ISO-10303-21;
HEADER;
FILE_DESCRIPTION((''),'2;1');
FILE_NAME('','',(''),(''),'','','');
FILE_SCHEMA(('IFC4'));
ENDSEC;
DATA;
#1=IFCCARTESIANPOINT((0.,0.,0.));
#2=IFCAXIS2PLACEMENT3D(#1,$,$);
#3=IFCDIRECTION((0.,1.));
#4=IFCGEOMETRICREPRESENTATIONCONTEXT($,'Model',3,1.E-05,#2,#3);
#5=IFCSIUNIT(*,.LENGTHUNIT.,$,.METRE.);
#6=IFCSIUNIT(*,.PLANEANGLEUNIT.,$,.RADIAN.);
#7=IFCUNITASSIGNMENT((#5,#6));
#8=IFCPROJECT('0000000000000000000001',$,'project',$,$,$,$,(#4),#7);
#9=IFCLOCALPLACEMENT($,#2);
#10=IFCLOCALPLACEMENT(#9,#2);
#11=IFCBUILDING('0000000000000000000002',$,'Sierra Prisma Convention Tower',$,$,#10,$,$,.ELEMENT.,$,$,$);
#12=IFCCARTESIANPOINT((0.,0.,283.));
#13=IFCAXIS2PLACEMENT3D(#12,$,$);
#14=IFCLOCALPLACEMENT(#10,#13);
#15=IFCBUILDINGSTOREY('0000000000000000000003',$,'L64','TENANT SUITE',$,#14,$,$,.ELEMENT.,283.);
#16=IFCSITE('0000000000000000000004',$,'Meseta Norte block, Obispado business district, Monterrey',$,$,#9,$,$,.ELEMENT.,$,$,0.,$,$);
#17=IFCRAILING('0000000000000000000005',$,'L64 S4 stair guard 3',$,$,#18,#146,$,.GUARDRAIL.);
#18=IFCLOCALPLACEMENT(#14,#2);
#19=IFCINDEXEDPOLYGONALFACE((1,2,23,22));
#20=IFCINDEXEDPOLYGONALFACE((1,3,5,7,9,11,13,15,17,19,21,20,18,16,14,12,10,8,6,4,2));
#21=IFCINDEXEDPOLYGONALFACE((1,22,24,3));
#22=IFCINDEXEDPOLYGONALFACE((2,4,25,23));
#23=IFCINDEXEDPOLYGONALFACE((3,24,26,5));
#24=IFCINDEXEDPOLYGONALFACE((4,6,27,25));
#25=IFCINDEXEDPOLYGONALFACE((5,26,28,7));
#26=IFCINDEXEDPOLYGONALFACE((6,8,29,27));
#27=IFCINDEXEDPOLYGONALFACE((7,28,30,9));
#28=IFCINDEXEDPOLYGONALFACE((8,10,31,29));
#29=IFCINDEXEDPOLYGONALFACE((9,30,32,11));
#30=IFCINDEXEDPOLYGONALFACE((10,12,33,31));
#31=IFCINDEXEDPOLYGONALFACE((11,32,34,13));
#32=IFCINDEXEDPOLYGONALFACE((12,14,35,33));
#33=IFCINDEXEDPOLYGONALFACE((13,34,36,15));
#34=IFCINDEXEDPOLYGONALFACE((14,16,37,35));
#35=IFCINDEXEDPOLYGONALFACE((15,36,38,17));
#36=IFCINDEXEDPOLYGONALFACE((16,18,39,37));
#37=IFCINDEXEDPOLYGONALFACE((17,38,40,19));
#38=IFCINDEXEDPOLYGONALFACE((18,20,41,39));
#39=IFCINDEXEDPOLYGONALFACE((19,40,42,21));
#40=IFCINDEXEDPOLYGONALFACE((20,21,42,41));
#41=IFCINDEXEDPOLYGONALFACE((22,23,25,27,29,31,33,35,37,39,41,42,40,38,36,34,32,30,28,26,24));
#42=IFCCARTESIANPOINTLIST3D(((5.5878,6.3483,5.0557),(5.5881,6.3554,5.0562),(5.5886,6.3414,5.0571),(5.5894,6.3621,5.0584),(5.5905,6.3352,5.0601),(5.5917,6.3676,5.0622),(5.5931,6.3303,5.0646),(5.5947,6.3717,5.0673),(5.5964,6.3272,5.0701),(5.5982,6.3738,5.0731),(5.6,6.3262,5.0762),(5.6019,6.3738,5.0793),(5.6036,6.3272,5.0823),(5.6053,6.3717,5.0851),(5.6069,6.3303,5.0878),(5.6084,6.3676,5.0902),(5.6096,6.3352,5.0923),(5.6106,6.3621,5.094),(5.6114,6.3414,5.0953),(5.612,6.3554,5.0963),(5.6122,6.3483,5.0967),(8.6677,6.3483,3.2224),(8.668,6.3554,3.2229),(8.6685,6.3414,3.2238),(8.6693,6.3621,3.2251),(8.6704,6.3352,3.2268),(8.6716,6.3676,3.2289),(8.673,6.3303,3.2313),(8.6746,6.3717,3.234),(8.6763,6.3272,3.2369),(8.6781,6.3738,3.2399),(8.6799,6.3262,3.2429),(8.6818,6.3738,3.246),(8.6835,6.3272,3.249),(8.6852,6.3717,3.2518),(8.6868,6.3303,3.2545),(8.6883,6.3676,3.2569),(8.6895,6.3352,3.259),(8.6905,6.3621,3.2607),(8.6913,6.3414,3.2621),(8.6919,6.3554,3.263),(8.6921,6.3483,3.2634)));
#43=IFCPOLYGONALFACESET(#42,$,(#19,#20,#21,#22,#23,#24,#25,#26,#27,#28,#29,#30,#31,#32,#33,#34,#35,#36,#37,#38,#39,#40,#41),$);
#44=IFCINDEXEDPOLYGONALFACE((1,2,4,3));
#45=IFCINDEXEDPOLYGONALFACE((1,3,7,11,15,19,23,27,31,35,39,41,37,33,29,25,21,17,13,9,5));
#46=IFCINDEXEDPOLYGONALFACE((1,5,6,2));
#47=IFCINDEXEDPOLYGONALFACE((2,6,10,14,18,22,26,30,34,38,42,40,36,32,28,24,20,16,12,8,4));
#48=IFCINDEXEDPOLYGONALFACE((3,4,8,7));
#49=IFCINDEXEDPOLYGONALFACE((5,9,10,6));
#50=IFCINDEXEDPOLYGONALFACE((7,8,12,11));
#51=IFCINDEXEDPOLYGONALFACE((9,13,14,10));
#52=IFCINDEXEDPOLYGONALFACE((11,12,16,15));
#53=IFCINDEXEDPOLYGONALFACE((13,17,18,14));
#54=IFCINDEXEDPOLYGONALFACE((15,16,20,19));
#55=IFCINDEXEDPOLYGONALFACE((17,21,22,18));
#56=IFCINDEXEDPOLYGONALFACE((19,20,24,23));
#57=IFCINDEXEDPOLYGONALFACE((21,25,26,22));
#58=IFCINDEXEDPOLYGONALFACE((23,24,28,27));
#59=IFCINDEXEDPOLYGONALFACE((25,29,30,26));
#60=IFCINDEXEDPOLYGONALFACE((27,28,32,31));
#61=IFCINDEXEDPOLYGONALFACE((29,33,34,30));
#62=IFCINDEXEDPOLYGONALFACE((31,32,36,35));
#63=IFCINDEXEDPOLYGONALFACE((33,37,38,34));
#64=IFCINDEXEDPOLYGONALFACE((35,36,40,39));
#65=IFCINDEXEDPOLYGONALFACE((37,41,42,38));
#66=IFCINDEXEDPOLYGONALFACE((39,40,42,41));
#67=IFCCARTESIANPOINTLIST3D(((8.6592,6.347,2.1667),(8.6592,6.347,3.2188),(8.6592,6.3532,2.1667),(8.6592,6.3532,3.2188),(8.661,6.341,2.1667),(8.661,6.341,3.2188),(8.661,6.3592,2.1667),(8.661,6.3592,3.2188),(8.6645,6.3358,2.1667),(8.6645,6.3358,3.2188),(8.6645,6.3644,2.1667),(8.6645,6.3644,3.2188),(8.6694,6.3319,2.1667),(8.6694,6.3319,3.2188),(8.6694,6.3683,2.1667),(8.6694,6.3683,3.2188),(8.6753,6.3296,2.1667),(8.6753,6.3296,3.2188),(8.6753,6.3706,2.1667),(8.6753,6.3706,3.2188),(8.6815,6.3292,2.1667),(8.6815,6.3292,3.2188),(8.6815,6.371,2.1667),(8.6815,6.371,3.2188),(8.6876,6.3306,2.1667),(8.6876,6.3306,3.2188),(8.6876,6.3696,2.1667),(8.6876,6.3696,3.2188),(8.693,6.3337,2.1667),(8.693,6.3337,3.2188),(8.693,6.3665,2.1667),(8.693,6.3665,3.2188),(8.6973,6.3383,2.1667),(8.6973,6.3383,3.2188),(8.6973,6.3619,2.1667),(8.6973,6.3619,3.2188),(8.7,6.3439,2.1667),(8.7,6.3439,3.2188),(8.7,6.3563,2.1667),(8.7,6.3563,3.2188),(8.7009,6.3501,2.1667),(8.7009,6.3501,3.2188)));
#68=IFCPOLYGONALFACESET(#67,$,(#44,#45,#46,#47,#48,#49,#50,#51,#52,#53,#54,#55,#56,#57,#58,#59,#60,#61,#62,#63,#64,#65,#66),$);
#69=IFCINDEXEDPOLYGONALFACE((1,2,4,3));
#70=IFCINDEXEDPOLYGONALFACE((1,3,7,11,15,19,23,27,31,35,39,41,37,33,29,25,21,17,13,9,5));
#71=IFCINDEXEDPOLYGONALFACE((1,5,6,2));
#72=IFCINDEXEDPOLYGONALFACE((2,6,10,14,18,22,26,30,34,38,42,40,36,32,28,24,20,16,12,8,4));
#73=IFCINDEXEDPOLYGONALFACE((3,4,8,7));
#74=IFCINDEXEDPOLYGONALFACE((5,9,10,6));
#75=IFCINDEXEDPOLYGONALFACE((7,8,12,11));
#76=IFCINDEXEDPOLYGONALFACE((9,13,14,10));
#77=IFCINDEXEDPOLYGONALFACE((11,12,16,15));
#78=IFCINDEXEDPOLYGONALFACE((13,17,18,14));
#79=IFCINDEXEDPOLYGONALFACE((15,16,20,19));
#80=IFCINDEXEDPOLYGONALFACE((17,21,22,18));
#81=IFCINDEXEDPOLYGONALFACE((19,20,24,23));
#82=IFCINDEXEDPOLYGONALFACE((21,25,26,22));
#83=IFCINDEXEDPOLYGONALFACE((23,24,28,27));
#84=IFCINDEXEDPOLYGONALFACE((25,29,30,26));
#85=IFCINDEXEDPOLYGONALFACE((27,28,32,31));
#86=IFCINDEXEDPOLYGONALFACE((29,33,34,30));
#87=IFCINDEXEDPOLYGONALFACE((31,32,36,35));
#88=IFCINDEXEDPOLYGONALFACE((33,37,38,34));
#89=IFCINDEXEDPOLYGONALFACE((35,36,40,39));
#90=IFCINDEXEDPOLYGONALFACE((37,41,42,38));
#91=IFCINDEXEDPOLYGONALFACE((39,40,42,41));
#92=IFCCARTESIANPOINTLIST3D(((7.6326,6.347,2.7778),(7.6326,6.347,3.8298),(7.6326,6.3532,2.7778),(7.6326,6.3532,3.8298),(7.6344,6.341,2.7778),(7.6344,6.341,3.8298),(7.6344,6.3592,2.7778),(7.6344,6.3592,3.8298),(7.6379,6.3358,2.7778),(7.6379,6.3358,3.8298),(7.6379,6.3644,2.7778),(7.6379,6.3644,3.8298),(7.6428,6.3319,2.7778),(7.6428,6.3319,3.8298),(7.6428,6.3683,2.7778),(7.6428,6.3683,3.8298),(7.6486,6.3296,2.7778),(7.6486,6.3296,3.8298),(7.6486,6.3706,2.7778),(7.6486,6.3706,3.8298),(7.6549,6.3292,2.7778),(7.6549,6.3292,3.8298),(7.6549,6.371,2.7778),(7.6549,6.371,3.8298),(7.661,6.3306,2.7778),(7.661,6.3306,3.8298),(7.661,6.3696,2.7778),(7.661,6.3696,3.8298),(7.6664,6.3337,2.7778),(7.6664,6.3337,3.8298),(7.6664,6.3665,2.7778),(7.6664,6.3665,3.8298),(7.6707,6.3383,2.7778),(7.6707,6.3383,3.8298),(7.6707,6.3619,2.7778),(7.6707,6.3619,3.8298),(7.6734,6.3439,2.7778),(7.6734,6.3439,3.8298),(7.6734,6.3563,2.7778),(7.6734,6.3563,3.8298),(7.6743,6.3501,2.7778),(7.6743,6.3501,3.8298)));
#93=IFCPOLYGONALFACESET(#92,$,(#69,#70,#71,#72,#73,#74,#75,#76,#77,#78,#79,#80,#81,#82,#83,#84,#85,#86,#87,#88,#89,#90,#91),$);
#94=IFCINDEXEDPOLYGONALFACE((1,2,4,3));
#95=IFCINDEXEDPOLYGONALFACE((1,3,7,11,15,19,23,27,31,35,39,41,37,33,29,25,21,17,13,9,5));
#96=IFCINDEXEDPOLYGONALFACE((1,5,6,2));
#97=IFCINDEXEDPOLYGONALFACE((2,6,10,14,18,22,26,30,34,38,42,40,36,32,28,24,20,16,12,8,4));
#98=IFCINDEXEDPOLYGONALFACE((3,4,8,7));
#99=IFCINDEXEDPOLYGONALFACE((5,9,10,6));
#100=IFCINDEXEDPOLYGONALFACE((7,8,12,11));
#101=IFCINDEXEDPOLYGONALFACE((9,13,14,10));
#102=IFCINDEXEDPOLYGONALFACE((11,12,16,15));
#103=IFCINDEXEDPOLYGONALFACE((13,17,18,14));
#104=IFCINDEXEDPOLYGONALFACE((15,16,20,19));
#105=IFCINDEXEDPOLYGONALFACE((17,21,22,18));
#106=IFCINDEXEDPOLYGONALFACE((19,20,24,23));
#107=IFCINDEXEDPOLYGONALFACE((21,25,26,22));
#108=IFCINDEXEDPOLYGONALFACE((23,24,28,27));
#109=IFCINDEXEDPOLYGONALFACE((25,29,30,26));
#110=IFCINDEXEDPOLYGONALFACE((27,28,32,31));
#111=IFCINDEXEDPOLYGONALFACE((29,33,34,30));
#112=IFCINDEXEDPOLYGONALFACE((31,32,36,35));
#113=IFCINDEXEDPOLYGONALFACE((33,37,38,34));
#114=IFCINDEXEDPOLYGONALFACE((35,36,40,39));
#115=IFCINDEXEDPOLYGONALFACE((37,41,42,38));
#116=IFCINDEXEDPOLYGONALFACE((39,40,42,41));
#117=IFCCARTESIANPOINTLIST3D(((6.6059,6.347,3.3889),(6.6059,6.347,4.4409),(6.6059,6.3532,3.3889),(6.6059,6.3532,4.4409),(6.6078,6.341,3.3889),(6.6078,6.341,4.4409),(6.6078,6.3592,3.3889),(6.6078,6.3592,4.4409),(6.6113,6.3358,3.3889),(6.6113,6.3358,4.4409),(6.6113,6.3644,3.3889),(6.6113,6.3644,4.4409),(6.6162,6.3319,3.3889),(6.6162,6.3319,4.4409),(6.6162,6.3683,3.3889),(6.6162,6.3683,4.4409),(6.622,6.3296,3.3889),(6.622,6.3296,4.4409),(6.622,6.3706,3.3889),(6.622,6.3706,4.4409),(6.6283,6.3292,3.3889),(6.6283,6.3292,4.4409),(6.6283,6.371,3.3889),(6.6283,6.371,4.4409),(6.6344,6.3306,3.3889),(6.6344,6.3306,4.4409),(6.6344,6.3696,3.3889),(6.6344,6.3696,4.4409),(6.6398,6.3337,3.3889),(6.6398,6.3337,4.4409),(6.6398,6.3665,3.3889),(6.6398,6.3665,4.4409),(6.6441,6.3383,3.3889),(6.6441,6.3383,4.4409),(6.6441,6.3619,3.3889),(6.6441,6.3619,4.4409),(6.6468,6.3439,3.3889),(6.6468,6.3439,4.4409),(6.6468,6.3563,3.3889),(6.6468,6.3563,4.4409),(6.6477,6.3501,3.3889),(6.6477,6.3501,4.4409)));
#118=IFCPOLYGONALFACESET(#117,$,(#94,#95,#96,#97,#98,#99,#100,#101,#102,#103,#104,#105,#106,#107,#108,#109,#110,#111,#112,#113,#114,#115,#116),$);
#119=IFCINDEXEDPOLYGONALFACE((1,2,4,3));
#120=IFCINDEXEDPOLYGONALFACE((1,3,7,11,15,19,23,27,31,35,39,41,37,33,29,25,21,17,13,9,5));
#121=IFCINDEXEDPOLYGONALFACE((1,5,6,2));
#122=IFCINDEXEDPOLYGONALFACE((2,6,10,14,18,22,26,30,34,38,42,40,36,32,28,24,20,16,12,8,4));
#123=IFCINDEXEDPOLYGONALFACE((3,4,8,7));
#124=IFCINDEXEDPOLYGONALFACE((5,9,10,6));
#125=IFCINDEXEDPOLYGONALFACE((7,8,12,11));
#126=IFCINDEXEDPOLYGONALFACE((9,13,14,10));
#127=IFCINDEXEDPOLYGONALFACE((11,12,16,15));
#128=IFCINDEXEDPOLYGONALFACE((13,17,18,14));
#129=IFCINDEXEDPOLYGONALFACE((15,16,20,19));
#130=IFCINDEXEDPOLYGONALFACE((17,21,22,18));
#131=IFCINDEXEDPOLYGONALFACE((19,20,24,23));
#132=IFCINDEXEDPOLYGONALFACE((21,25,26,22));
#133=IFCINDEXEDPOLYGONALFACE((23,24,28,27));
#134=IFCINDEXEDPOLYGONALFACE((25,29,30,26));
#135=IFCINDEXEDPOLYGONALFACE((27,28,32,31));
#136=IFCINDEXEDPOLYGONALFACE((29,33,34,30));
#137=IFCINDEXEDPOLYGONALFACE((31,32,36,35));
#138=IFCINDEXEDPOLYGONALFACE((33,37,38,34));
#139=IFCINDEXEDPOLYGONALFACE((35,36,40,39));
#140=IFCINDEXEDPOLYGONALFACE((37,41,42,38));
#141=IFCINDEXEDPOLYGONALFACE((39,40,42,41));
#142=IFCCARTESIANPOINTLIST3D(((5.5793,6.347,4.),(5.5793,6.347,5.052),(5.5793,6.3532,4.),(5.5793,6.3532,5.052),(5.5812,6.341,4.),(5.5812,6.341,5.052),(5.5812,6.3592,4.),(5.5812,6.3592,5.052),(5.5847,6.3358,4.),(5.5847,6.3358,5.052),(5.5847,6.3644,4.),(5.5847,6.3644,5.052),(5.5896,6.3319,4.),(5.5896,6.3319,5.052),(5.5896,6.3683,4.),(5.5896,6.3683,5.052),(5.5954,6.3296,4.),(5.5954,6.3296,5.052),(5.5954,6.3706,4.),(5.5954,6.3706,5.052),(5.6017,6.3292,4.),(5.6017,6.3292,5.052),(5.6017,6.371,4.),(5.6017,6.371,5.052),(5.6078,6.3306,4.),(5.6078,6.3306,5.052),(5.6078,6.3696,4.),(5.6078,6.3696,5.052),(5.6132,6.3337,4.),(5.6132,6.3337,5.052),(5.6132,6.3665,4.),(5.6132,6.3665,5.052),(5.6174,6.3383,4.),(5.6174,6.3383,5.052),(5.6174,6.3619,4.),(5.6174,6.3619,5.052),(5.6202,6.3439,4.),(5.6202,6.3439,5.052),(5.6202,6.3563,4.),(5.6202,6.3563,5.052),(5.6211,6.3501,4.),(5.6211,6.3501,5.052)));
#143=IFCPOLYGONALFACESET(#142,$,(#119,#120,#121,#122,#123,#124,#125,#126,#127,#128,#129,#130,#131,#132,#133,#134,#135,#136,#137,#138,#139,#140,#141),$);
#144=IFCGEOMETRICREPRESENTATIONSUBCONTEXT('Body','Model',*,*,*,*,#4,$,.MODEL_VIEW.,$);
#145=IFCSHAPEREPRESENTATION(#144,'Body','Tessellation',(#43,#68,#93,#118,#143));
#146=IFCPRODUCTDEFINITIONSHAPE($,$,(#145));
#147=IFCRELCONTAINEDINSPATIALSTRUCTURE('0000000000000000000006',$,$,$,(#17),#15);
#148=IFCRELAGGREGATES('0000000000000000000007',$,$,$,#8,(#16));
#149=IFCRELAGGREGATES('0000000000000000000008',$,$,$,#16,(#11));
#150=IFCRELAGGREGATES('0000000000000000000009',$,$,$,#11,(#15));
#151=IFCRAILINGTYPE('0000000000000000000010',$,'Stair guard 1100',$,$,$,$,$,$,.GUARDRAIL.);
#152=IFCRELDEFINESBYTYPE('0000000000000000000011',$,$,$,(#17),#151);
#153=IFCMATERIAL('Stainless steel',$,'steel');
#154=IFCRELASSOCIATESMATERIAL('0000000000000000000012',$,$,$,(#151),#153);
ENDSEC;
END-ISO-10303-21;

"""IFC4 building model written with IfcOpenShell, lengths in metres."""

from ifc_helpers import new_model, si_unit, direction, frame, origin, origin_2d, place, context, subcontext, project, spatial, circle, extrude, material, type_object, element, save


model = new_model("IFC4")

# Units and contexts
model_context = context("Model", 3, precision=1e-05, world=origin(), true_north=direction((0.0, 1.0)))
body_context = subcontext(model_context, "Body", "Model", "MODEL_VIEW")
ifc_project = project(units=[si_unit("LENGTHUNIT", "METRE"), si_unit("PLANEANGLEUNIT", "RADIAN")], contexts=[model_context])

# Site, building, storey
site_placement = place(None, origin())
site = spatial("IfcSite", under=ifc_project, at=site_placement, Name="Meseta Norte block, Obispado business district, Monterrey", CompositionType="ELEMENT", RefElevation=0.0)
building_placement = place(site_placement, origin())
building = spatial("IfcBuilding", under=site, at=building_placement, Name="Sierra Prisma Convention Tower", CompositionType="ELEMENT")
storey_placement = place(building_placement, frame((0.0, 0.0, 283.0)))
storey = spatial("IfcBuildingStorey", under=building, at=storey_placement, Name="L64", Description="TENANT SUITE", CompositionType="ELEMENT", Elevation=283.0)

# Railing
ifc_material_1 = material(Name="Stainless steel", Category="steel")
railing_type_1 = type_object("IfcRailingType", Name="Stair guard 1100", PredefinedType="GUARDRAIL", material=ifc_material_1)
railing_1_placement = place(storey_placement, frame((8.6799, 6.3501, 2.1667)))
element("IfcRailing", 1, at=railing_1_placement, inside=storey, type_object=railing_type_1, Name="L64 S4 stair guard 3", PredefinedType="GUARDRAIL", context=body_context, shape_type="SweptSolid", body=[
    extrude(circle(Radius=0.0239, at=origin_2d()), frame((0.0, 0.0, 1.0762), z_axis=(-0.859291, 0.0, 0.511487), x_axis=(0.0, -1.0, 0.0)), (0.0, 0.0, 1.0), 3.5842),
    extrude(circle(Radius=0.021, at=origin_2d()), origin(), (0.0, 0.0, 1.0), 1.052),
    extrude(circle(Radius=0.021, at=origin_2d()), frame((-1.0266, 0.0, 0.6111)), (0.0, 0.0, 1.0), 1.052),
    extrude(circle(Radius=0.021, at=origin_2d()), frame((-2.0532, 0.0, 1.2222)), (0.0, 0.0, 1.0), 1.052),
    extrude(circle(Radius=0.021, at=origin_2d()), frame((-3.0798, 0.0, 1.8333)), (0.0, 0.0, 1.0), 1.052),
])

save(model, "model.ifc")
